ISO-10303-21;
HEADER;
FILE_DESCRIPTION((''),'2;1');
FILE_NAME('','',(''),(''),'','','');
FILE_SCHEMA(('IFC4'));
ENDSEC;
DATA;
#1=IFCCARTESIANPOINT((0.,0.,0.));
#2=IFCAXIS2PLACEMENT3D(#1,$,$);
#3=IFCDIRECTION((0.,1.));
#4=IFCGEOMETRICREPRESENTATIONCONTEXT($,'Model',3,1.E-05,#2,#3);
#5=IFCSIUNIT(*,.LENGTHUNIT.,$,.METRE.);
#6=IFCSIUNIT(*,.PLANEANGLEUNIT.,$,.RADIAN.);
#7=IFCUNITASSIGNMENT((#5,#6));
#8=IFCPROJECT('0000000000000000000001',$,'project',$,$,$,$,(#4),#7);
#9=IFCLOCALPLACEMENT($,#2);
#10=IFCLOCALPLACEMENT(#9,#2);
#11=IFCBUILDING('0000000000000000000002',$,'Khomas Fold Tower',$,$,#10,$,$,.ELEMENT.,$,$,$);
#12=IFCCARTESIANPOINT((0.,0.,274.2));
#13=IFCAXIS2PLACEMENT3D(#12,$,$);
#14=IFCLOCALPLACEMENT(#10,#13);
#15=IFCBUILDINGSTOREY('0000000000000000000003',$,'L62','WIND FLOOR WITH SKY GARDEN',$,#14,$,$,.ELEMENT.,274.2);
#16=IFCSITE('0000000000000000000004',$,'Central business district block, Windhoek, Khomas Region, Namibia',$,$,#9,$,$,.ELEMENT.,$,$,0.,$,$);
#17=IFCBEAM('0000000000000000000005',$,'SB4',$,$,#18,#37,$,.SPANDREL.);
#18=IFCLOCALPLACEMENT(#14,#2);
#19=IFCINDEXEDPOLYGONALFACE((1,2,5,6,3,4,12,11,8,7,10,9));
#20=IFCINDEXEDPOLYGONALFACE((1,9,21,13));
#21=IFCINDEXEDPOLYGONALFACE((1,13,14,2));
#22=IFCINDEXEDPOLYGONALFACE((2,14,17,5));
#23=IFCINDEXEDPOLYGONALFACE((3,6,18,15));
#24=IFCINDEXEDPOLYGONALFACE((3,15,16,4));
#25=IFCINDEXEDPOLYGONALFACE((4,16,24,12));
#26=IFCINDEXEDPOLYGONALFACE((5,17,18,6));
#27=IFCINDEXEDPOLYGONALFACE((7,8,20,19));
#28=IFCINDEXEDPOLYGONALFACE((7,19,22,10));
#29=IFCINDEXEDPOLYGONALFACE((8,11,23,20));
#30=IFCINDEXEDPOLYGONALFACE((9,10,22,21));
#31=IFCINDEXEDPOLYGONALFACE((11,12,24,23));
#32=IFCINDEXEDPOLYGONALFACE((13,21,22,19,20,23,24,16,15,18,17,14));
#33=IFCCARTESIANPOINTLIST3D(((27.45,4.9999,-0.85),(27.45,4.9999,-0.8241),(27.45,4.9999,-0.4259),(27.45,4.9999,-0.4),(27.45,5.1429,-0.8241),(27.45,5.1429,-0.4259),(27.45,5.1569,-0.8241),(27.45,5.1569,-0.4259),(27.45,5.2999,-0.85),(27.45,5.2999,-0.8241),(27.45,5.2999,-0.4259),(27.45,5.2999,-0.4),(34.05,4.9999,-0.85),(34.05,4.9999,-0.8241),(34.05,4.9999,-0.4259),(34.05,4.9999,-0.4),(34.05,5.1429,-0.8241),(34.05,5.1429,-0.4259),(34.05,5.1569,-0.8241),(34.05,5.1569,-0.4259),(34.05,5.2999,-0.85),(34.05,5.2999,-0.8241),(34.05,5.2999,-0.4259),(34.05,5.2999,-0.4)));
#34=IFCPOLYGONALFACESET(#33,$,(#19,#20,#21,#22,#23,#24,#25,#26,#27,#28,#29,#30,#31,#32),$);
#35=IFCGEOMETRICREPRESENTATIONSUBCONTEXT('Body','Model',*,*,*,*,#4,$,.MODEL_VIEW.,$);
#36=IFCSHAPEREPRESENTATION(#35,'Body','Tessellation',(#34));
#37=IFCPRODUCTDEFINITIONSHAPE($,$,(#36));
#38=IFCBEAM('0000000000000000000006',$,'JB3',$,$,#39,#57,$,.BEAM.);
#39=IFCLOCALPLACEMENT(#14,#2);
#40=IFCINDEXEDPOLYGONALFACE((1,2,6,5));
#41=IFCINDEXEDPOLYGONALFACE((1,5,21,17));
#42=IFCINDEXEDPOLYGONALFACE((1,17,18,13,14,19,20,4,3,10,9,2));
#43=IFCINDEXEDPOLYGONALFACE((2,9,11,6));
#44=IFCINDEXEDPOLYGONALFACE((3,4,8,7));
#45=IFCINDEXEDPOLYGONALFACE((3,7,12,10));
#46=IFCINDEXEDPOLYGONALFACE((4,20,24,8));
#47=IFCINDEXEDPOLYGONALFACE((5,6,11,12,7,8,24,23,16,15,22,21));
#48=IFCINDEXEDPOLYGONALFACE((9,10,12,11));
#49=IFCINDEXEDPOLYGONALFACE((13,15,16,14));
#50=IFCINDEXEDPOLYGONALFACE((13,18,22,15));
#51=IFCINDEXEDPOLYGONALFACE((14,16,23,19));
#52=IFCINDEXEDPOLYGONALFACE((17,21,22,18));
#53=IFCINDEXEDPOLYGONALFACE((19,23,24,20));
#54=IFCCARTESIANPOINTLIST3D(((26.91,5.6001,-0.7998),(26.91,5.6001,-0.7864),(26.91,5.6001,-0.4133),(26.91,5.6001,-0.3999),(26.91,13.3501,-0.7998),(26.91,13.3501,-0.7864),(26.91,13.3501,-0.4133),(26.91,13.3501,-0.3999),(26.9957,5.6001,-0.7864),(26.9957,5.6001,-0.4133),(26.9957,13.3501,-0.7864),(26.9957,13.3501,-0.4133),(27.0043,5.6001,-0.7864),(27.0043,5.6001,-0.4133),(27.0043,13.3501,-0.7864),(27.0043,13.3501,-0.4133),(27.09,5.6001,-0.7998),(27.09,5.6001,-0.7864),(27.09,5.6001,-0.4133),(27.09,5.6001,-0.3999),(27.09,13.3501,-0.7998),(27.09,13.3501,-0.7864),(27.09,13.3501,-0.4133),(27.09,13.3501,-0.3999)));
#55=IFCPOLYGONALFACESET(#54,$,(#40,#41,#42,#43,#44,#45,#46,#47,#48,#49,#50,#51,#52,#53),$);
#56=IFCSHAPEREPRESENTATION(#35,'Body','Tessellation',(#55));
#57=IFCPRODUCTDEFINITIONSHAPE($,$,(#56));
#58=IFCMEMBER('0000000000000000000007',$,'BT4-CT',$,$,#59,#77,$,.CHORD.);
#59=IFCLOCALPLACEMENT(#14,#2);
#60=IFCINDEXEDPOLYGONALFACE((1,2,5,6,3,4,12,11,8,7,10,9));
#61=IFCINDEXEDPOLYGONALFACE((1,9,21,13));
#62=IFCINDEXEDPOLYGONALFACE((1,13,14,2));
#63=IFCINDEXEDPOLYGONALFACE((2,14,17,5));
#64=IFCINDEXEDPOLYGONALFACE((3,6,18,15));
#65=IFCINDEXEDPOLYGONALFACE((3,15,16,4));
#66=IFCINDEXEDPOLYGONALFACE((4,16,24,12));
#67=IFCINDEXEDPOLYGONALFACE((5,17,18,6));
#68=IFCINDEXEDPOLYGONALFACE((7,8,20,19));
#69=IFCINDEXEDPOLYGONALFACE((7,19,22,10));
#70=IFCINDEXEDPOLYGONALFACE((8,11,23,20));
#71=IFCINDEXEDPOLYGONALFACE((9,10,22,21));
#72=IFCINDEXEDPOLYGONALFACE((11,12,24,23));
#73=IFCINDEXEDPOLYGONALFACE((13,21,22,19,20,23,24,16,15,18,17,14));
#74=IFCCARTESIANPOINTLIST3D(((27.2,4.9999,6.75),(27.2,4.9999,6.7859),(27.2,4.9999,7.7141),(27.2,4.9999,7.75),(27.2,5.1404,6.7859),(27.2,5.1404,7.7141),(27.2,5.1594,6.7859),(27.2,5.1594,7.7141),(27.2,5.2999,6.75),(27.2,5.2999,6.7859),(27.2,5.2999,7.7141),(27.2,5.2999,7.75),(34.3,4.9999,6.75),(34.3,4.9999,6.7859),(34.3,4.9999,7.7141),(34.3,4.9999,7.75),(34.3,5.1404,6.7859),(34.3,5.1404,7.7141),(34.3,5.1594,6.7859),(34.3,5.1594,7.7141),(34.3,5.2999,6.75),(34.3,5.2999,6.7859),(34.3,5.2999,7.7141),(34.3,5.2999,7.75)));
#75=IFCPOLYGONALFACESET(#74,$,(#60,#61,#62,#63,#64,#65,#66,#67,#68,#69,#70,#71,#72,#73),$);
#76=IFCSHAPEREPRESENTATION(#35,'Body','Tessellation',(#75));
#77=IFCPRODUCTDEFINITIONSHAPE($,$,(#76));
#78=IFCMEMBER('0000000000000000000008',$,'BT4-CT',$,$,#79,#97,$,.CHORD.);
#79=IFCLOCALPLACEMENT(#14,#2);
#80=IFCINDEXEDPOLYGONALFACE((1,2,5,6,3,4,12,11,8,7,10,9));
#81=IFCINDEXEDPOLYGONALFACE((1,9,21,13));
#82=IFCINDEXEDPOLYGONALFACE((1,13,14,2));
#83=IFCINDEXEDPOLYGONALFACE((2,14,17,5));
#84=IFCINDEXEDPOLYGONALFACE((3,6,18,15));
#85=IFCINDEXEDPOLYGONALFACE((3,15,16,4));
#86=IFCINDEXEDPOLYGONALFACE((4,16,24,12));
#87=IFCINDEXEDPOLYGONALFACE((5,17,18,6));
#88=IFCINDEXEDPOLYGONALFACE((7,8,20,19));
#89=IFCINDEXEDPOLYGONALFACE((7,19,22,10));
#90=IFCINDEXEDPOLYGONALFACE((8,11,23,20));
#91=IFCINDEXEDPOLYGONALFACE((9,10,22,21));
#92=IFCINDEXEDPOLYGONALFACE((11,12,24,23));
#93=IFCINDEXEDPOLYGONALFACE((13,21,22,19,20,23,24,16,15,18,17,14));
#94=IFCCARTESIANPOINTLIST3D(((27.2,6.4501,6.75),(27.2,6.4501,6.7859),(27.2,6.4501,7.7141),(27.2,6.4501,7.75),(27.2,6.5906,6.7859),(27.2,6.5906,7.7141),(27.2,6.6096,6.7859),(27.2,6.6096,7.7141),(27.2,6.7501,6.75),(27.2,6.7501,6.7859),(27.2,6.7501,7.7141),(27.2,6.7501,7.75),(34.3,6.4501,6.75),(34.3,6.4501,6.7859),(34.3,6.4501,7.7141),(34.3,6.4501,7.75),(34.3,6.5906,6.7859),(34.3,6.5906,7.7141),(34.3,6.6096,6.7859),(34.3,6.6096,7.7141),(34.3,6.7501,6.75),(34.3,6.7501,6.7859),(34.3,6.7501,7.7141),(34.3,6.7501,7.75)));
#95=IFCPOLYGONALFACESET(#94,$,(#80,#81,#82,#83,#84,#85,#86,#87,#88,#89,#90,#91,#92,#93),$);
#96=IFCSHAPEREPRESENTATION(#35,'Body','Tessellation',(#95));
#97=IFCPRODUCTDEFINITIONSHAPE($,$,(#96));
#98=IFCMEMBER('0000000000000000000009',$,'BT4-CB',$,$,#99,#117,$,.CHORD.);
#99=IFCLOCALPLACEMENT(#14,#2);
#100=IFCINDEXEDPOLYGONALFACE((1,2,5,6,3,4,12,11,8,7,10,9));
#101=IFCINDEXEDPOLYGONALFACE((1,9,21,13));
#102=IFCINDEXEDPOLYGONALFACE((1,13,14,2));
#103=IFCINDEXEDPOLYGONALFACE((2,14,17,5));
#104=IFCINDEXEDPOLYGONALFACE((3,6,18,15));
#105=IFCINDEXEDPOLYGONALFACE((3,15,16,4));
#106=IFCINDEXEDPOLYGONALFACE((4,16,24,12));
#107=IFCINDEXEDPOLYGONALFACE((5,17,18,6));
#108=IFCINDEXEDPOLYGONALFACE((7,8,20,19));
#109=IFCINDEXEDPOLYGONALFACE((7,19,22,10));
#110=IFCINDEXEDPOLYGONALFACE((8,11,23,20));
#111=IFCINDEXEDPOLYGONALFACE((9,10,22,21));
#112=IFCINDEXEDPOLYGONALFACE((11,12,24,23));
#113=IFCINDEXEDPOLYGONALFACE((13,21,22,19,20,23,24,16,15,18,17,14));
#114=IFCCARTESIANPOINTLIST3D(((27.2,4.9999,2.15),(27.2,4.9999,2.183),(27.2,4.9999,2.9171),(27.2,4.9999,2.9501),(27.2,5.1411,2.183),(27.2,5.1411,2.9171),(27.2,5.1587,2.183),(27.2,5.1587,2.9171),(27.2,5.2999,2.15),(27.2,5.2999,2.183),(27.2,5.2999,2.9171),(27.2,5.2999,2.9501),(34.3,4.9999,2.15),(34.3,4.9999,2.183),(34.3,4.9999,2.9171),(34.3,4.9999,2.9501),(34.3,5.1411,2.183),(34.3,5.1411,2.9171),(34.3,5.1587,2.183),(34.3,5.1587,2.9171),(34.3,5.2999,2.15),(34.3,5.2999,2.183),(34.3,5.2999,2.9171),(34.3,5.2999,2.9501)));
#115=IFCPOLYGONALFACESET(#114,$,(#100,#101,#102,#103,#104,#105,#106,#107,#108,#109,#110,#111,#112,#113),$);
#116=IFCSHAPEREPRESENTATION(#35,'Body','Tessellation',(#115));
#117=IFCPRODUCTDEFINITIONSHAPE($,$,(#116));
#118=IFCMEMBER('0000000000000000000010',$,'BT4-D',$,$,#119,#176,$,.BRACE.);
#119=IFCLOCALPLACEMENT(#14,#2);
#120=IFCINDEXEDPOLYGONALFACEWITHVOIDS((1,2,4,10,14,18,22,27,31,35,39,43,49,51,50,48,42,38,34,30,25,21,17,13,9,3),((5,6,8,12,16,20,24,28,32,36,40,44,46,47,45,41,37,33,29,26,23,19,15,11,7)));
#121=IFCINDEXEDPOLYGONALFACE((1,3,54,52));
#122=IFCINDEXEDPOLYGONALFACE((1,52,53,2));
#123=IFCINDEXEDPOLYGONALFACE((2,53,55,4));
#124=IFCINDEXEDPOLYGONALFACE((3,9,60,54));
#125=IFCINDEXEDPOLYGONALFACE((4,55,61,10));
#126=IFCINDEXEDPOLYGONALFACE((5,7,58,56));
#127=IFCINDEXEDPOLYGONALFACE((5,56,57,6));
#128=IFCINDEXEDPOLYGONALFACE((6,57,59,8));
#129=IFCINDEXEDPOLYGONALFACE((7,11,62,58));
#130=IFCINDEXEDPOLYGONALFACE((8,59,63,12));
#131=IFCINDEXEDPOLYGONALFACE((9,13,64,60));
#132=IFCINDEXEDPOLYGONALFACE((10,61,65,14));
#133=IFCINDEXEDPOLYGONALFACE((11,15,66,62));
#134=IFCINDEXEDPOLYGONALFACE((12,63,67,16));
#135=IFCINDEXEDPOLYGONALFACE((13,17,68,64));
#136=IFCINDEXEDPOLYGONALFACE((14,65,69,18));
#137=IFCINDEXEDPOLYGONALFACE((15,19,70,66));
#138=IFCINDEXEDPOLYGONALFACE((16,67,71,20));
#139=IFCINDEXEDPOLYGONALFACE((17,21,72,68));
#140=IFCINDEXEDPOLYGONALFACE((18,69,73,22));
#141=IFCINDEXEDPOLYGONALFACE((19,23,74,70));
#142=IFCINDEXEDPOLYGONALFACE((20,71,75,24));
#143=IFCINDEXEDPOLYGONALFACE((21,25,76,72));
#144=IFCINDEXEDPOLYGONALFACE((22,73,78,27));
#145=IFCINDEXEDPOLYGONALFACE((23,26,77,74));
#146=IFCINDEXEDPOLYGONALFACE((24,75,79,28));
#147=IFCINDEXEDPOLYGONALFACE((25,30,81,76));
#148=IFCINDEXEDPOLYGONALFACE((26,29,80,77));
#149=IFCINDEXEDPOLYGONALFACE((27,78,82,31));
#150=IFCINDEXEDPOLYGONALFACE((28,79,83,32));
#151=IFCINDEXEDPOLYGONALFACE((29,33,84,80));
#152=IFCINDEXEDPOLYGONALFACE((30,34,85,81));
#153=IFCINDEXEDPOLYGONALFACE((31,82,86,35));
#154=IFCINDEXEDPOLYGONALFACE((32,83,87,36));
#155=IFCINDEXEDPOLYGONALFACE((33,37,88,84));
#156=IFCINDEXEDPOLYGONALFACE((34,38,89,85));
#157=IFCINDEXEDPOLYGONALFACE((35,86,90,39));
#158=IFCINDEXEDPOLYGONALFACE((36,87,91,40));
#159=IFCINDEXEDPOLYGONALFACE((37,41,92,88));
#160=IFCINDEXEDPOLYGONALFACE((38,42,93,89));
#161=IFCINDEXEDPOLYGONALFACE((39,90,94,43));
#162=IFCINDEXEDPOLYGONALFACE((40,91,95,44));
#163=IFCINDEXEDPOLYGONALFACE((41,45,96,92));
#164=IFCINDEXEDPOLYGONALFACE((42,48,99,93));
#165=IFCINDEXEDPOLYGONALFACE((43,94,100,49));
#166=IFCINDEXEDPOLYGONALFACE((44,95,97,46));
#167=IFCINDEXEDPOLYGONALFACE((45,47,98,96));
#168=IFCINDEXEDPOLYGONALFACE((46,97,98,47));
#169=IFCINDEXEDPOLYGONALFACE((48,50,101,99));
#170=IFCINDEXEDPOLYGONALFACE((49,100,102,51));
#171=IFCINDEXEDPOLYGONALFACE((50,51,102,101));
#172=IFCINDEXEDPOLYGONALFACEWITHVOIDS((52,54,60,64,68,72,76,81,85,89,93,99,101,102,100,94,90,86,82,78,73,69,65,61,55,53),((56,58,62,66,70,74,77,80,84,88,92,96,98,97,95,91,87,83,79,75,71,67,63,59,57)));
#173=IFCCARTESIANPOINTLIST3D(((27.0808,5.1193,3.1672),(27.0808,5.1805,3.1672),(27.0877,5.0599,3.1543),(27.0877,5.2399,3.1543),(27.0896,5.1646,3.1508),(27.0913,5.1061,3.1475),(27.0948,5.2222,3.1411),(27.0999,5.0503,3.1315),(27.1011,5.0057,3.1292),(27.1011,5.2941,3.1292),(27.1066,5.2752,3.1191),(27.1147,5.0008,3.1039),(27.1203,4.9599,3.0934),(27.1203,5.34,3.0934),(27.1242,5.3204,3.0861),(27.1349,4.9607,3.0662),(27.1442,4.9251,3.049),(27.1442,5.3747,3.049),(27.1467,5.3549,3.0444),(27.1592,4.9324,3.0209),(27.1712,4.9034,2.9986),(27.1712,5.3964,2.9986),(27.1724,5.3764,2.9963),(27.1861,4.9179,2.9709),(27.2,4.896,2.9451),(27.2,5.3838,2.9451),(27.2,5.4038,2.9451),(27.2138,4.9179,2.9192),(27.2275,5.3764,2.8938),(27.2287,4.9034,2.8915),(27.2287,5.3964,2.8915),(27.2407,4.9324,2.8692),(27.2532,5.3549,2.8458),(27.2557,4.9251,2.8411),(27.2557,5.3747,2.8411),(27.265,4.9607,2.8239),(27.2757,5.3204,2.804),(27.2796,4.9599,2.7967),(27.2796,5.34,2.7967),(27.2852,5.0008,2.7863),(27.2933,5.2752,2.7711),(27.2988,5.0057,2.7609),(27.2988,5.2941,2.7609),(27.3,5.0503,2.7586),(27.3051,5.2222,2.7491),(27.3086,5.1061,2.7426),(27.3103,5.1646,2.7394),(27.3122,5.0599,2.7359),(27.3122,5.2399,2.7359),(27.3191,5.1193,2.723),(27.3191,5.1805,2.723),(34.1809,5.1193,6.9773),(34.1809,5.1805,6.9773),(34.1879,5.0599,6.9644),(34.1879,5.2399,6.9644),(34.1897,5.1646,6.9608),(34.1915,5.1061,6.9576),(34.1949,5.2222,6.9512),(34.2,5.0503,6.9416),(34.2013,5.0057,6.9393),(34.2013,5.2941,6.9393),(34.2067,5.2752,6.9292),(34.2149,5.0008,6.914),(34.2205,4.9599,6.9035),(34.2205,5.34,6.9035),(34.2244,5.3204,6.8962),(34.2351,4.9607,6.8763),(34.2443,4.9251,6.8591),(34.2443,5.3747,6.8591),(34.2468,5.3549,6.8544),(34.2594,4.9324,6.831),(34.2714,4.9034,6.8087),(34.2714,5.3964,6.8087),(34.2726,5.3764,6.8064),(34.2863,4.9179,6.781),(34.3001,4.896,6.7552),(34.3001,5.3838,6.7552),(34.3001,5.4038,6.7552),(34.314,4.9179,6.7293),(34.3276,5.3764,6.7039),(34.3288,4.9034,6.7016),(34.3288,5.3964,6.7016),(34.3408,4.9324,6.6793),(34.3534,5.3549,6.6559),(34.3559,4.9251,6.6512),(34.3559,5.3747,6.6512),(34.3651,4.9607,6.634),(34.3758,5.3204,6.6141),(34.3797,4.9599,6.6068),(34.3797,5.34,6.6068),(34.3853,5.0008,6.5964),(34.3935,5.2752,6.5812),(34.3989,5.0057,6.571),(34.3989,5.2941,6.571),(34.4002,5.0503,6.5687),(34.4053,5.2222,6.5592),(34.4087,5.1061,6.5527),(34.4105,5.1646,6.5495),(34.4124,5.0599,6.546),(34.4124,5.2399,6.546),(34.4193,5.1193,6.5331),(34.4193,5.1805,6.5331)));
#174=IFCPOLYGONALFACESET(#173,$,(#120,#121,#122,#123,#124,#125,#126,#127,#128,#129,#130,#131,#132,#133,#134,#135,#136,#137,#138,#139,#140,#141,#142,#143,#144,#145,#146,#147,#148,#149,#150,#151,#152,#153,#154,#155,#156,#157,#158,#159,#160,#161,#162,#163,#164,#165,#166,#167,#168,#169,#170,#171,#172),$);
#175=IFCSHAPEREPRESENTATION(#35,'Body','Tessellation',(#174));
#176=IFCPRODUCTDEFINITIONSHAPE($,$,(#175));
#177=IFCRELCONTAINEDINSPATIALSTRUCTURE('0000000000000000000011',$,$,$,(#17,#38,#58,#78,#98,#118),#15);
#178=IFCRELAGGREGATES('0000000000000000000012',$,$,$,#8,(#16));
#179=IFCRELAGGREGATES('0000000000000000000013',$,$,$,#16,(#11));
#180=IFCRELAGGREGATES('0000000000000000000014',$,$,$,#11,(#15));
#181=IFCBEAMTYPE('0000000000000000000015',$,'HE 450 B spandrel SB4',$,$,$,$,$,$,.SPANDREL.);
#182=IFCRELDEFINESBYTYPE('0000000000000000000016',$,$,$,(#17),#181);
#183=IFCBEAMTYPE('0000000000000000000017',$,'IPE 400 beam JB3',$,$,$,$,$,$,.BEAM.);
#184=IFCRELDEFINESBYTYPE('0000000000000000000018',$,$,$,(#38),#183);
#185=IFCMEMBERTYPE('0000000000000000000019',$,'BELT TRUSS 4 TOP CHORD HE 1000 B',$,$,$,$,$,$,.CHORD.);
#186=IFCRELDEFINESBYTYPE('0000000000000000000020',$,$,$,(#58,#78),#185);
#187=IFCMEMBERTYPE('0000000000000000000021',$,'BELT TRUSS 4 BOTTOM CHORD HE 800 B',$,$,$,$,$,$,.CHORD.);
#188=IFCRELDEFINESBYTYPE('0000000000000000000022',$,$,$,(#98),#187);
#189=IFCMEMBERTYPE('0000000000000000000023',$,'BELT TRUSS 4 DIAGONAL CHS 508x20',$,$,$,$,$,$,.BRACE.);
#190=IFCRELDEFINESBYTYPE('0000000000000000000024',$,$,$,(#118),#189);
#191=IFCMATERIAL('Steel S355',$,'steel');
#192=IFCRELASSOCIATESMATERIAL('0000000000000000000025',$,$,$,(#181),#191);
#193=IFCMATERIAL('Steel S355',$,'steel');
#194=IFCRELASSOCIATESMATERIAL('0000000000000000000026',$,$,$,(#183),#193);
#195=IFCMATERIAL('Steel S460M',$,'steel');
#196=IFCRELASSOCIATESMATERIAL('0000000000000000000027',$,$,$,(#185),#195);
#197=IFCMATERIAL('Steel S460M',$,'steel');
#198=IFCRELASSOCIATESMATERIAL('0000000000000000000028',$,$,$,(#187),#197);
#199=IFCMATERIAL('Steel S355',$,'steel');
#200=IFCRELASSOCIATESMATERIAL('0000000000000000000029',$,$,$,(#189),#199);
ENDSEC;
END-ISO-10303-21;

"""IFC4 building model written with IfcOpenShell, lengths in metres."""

from ifc_helpers import new_model, si_unit, direction, frame, origin, origin_2d, place, context, subcontext, project, spatial, hollow_circle, i_section, extrude, source, transform, mapped, material, material_profile, profile_set, type_object, element, save


model = new_model("IFC4")

# Units and contexts
model_context = context("Model", 3, precision=1e-05, world=origin(), true_north=direction((0.0, 1.0)))
body_context = subcontext(model_context, "Body", "Model", "MODEL_VIEW")
ifc_project = project(units=[si_unit("LENGTHUNIT", "METRE"), si_unit("PLANEANGLEUNIT", "RADIAN")], contexts=[model_context])

# Site, building, storey
site_placement = place(None, origin())
site = spatial("IfcSite", under=ifc_project, at=site_placement, Name="Central business district block, Windhoek, Khomas Region, Namibia", CompositionType="ELEMENT", RefElevation=0.0)
building_placement = place(site_placement, origin())
building = spatial("IfcBuilding", under=site, at=building_placement, Name="Khomas Fold Tower", CompositionType="ELEMENT")
storey_placement = place(building_placement, frame((0.0, 0.0, 274.2)))
storey = spatial("IfcBuildingStorey", under=building, at=storey_placement, Name="L62", Description="WIND FLOOR WITH SKY GARDEN", CompositionType="ELEMENT", Elevation=274.2)

# Beams
ifc_material_1 = material(Name="Steel S355", Category="steel")
ifc_material_profile_1 = material_profile(ifc_material_1, i_section(OverallWidth=0.3, OverallDepth=0.45, WebThickness=0.0139, FlangeThickness=0.0259, at=origin_2d()), Name="HE 450 B")
ifc_profile_set_1 = profile_set([ifc_material_profile_1], Name="Steel S355")
beam_type_1 = type_object("IfcBeamType", Name="HE 450 B spandrel SB4", PredefinedType="SPANDREL", material=ifc_profile_set_1)
shared_shape_1 = source(origin(), body_context, "Body", "SweptSolid", [
    extrude(i_section(OverallWidth=0.3, OverallDepth=0.45, WebThickness=0.0139, FlangeThickness=0.0259, at=origin_2d()), origin(), (0.0, 0.0, 1.0), 6.6001),
])
beam_1_placement = place(storey_placement, frame((27.45, 5.1499, -0.625), z_axis=(1.0, 0.0, 0.0), x_axis=(0.0, 1.0, 0.0)))
element("IfcBeam", 1, at=beam_1_placement, inside=storey, type_object=beam_type_1, Name="SB4", PredefinedType="SPANDREL", context=body_context, shape_type="MappedRepresentation", body=[
    mapped(shared_shape_1, transform((0.0, 0.0, 0.0))),
])
ifc_material_2 = material(Name="Steel S355", Category="steel")
ifc_material_profile_2 = material_profile(ifc_material_2, i_section(OverallWidth=0.1799, OverallDepth=0.3999, WebThickness=0.0085, FlangeThickness=0.0134, at=origin_2d()), Name="IPE 400")
ifc_profile_set_2 = profile_set([ifc_material_profile_2], Name="Steel S355")
beam_type_2 = type_object("IfcBeamType", Name="IPE 400 beam JB3", PredefinedType="BEAM", material=ifc_profile_set_2)
shared_shape_2 = source(origin(), body_context, "Body", "SweptSolid", [
    extrude(i_section(OverallWidth=0.1799, OverallDepth=0.3999, WebThickness=0.0085, FlangeThickness=0.0134, at=origin_2d()), origin(), (0.0, 0.0, 1.0), 7.75),
])
beam_2_placement = place(storey_placement, frame((27.0, 5.6001, -0.5999), z_axis=(0.0, 1.0, 0.0), x_axis=(-1.0, 0.0, 0.0)))
element("IfcBeam", 2, at=beam_2_placement, inside=storey, type_object=beam_type_2, Name="JB3", PredefinedType="BEAM", context=body_context, shape_type="MappedRepresentation", body=[
    mapped(shared_shape_2, transform((0.0, 0.0, 0.0))),
])

# Members
ifc_material_3 = material(Name="Steel S460M", Category="steel")
ifc_material_profile_3 = material_profile(ifc_material_3, i_section(OverallWidth=0.3, OverallDepth=1.0, WebThickness=0.019, FlangeThickness=0.0359, at=origin_2d()), Name="HE 1000 B")
ifc_profile_set_3 = profile_set([ifc_material_profile_3], Name="Steel S460M")
member_type_1 = type_object("IfcMemberType", Name="BELT TRUSS 4 TOP CHORD HE 1000 B", PredefinedType="CHORD", material=ifc_profile_set_3)
shared_shape_3 = source(origin(), body_context, "Body", "SweptSolid", [
    extrude(i_section(OverallWidth=0.3, OverallDepth=1.0, WebThickness=0.019, FlangeThickness=0.0359, at=origin_2d()), origin(), (0.0, 0.0, 1.0), 7.1001),
])
for number, where, z_axis, x_axis, name in (
    (3, (27.2, 5.1499, 7.25), (1.0, 0.0, 0.0), (0.0, 1.0, 0.0), "BT4-CT"),
    (4, (27.2, 6.6001, 7.25), (1.0, 0.0, 0.0), (0.0, 1.0, 0.0), "BT4-CT"),
):
    element("IfcMember", number, at=place(storey_placement, frame(where, z_axis=z_axis, x_axis=x_axis)), inside=storey, type_object=member_type_1, Name=name, PredefinedType="CHORD", context=body_context, shape_type="MappedRepresentation", body=[
        mapped(shared_shape_3, transform((0.0, 0.0, 0.0))),
    ])
ifc_material_4 = material(Name="Steel S460M", Category="steel")
ifc_material_profile_4 = material_profile(ifc_material_4, i_section(OverallWidth=0.3, OverallDepth=0.8, WebThickness=0.0176, FlangeThickness=0.033, at=origin_2d()), Name="HE 800 B")
ifc_profile_set_4 = profile_set([ifc_material_profile_4], Name="Steel S460M")
member_type_2 = type_object("IfcMemberType", Name="BELT TRUSS 4 BOTTOM CHORD HE 800 B", PredefinedType="CHORD", material=ifc_profile_set_4)
shared_shape_4 = source(origin(), body_context, "Body", "SweptSolid", [
    extrude(i_section(OverallWidth=0.3, OverallDepth=0.8, WebThickness=0.0176, FlangeThickness=0.033, at=origin_2d()), origin(), (0.0, 0.0, 1.0), 7.1001),
])
member_1_placement = place(storey_placement, frame((27.2, 5.1499, 2.55), z_axis=(1.0, 0.0, 0.0), x_axis=(0.0, 1.0, 0.0)))
element("IfcMember", 5, at=member_1_placement, inside=storey, type_object=member_type_2, Name="BT4-CB", PredefinedType="CHORD", context=body_context, shape_type="MappedRepresentation", body=[
    mapped(shared_shape_4, transform((0.0, 0.0, 0.0))),
])
ifc_material_5 = material(Name="Steel S355", Category="steel")
ifc_material_profile_5 = material_profile(ifc_material_5, hollow_circle(Radius=0.2539, WallThickness=0.02, at=origin_2d()), Name="CHS 508x20")
ifc_profile_set_5 = profile_set([ifc_material_profile_5], Name="Steel S355")
member_type_3 = type_object("IfcMemberType", Name="BELT TRUSS 4 DIAGONAL CHS 508x20", PredefinedType="BRACE", material=ifc_profile_set_5)
shared_shape_5 = source(origin(), body_context, "Body", "SweptSolid", [
    extrude(hollow_circle(Radius=0.2539, WallThickness=0.02, at=origin_2d()), origin(), (0.0, 0.0, 1.0), 8.0579),
])
for number, where, z_axis, x_axis, name in (
    (6, (27.2, 5.1499, 2.9451), (0.881147, 0.0, 0.472842), (0.0, 1.0, 0.0), "BT4-D"),
):
    element("IfcMember", number, at=place(storey_placement, frame(where, z_axis=z_axis, x_axis=x_axis)), inside=storey, type_object=member_type_3, Name=name, PredefinedType="BRACE", context=body_context, shape_type="MappedRepresentation", body=[
        mapped(shared_shape_5, transform((0.0, 0.0, 0.0))),
    ])

save(model, "model.ifc")
